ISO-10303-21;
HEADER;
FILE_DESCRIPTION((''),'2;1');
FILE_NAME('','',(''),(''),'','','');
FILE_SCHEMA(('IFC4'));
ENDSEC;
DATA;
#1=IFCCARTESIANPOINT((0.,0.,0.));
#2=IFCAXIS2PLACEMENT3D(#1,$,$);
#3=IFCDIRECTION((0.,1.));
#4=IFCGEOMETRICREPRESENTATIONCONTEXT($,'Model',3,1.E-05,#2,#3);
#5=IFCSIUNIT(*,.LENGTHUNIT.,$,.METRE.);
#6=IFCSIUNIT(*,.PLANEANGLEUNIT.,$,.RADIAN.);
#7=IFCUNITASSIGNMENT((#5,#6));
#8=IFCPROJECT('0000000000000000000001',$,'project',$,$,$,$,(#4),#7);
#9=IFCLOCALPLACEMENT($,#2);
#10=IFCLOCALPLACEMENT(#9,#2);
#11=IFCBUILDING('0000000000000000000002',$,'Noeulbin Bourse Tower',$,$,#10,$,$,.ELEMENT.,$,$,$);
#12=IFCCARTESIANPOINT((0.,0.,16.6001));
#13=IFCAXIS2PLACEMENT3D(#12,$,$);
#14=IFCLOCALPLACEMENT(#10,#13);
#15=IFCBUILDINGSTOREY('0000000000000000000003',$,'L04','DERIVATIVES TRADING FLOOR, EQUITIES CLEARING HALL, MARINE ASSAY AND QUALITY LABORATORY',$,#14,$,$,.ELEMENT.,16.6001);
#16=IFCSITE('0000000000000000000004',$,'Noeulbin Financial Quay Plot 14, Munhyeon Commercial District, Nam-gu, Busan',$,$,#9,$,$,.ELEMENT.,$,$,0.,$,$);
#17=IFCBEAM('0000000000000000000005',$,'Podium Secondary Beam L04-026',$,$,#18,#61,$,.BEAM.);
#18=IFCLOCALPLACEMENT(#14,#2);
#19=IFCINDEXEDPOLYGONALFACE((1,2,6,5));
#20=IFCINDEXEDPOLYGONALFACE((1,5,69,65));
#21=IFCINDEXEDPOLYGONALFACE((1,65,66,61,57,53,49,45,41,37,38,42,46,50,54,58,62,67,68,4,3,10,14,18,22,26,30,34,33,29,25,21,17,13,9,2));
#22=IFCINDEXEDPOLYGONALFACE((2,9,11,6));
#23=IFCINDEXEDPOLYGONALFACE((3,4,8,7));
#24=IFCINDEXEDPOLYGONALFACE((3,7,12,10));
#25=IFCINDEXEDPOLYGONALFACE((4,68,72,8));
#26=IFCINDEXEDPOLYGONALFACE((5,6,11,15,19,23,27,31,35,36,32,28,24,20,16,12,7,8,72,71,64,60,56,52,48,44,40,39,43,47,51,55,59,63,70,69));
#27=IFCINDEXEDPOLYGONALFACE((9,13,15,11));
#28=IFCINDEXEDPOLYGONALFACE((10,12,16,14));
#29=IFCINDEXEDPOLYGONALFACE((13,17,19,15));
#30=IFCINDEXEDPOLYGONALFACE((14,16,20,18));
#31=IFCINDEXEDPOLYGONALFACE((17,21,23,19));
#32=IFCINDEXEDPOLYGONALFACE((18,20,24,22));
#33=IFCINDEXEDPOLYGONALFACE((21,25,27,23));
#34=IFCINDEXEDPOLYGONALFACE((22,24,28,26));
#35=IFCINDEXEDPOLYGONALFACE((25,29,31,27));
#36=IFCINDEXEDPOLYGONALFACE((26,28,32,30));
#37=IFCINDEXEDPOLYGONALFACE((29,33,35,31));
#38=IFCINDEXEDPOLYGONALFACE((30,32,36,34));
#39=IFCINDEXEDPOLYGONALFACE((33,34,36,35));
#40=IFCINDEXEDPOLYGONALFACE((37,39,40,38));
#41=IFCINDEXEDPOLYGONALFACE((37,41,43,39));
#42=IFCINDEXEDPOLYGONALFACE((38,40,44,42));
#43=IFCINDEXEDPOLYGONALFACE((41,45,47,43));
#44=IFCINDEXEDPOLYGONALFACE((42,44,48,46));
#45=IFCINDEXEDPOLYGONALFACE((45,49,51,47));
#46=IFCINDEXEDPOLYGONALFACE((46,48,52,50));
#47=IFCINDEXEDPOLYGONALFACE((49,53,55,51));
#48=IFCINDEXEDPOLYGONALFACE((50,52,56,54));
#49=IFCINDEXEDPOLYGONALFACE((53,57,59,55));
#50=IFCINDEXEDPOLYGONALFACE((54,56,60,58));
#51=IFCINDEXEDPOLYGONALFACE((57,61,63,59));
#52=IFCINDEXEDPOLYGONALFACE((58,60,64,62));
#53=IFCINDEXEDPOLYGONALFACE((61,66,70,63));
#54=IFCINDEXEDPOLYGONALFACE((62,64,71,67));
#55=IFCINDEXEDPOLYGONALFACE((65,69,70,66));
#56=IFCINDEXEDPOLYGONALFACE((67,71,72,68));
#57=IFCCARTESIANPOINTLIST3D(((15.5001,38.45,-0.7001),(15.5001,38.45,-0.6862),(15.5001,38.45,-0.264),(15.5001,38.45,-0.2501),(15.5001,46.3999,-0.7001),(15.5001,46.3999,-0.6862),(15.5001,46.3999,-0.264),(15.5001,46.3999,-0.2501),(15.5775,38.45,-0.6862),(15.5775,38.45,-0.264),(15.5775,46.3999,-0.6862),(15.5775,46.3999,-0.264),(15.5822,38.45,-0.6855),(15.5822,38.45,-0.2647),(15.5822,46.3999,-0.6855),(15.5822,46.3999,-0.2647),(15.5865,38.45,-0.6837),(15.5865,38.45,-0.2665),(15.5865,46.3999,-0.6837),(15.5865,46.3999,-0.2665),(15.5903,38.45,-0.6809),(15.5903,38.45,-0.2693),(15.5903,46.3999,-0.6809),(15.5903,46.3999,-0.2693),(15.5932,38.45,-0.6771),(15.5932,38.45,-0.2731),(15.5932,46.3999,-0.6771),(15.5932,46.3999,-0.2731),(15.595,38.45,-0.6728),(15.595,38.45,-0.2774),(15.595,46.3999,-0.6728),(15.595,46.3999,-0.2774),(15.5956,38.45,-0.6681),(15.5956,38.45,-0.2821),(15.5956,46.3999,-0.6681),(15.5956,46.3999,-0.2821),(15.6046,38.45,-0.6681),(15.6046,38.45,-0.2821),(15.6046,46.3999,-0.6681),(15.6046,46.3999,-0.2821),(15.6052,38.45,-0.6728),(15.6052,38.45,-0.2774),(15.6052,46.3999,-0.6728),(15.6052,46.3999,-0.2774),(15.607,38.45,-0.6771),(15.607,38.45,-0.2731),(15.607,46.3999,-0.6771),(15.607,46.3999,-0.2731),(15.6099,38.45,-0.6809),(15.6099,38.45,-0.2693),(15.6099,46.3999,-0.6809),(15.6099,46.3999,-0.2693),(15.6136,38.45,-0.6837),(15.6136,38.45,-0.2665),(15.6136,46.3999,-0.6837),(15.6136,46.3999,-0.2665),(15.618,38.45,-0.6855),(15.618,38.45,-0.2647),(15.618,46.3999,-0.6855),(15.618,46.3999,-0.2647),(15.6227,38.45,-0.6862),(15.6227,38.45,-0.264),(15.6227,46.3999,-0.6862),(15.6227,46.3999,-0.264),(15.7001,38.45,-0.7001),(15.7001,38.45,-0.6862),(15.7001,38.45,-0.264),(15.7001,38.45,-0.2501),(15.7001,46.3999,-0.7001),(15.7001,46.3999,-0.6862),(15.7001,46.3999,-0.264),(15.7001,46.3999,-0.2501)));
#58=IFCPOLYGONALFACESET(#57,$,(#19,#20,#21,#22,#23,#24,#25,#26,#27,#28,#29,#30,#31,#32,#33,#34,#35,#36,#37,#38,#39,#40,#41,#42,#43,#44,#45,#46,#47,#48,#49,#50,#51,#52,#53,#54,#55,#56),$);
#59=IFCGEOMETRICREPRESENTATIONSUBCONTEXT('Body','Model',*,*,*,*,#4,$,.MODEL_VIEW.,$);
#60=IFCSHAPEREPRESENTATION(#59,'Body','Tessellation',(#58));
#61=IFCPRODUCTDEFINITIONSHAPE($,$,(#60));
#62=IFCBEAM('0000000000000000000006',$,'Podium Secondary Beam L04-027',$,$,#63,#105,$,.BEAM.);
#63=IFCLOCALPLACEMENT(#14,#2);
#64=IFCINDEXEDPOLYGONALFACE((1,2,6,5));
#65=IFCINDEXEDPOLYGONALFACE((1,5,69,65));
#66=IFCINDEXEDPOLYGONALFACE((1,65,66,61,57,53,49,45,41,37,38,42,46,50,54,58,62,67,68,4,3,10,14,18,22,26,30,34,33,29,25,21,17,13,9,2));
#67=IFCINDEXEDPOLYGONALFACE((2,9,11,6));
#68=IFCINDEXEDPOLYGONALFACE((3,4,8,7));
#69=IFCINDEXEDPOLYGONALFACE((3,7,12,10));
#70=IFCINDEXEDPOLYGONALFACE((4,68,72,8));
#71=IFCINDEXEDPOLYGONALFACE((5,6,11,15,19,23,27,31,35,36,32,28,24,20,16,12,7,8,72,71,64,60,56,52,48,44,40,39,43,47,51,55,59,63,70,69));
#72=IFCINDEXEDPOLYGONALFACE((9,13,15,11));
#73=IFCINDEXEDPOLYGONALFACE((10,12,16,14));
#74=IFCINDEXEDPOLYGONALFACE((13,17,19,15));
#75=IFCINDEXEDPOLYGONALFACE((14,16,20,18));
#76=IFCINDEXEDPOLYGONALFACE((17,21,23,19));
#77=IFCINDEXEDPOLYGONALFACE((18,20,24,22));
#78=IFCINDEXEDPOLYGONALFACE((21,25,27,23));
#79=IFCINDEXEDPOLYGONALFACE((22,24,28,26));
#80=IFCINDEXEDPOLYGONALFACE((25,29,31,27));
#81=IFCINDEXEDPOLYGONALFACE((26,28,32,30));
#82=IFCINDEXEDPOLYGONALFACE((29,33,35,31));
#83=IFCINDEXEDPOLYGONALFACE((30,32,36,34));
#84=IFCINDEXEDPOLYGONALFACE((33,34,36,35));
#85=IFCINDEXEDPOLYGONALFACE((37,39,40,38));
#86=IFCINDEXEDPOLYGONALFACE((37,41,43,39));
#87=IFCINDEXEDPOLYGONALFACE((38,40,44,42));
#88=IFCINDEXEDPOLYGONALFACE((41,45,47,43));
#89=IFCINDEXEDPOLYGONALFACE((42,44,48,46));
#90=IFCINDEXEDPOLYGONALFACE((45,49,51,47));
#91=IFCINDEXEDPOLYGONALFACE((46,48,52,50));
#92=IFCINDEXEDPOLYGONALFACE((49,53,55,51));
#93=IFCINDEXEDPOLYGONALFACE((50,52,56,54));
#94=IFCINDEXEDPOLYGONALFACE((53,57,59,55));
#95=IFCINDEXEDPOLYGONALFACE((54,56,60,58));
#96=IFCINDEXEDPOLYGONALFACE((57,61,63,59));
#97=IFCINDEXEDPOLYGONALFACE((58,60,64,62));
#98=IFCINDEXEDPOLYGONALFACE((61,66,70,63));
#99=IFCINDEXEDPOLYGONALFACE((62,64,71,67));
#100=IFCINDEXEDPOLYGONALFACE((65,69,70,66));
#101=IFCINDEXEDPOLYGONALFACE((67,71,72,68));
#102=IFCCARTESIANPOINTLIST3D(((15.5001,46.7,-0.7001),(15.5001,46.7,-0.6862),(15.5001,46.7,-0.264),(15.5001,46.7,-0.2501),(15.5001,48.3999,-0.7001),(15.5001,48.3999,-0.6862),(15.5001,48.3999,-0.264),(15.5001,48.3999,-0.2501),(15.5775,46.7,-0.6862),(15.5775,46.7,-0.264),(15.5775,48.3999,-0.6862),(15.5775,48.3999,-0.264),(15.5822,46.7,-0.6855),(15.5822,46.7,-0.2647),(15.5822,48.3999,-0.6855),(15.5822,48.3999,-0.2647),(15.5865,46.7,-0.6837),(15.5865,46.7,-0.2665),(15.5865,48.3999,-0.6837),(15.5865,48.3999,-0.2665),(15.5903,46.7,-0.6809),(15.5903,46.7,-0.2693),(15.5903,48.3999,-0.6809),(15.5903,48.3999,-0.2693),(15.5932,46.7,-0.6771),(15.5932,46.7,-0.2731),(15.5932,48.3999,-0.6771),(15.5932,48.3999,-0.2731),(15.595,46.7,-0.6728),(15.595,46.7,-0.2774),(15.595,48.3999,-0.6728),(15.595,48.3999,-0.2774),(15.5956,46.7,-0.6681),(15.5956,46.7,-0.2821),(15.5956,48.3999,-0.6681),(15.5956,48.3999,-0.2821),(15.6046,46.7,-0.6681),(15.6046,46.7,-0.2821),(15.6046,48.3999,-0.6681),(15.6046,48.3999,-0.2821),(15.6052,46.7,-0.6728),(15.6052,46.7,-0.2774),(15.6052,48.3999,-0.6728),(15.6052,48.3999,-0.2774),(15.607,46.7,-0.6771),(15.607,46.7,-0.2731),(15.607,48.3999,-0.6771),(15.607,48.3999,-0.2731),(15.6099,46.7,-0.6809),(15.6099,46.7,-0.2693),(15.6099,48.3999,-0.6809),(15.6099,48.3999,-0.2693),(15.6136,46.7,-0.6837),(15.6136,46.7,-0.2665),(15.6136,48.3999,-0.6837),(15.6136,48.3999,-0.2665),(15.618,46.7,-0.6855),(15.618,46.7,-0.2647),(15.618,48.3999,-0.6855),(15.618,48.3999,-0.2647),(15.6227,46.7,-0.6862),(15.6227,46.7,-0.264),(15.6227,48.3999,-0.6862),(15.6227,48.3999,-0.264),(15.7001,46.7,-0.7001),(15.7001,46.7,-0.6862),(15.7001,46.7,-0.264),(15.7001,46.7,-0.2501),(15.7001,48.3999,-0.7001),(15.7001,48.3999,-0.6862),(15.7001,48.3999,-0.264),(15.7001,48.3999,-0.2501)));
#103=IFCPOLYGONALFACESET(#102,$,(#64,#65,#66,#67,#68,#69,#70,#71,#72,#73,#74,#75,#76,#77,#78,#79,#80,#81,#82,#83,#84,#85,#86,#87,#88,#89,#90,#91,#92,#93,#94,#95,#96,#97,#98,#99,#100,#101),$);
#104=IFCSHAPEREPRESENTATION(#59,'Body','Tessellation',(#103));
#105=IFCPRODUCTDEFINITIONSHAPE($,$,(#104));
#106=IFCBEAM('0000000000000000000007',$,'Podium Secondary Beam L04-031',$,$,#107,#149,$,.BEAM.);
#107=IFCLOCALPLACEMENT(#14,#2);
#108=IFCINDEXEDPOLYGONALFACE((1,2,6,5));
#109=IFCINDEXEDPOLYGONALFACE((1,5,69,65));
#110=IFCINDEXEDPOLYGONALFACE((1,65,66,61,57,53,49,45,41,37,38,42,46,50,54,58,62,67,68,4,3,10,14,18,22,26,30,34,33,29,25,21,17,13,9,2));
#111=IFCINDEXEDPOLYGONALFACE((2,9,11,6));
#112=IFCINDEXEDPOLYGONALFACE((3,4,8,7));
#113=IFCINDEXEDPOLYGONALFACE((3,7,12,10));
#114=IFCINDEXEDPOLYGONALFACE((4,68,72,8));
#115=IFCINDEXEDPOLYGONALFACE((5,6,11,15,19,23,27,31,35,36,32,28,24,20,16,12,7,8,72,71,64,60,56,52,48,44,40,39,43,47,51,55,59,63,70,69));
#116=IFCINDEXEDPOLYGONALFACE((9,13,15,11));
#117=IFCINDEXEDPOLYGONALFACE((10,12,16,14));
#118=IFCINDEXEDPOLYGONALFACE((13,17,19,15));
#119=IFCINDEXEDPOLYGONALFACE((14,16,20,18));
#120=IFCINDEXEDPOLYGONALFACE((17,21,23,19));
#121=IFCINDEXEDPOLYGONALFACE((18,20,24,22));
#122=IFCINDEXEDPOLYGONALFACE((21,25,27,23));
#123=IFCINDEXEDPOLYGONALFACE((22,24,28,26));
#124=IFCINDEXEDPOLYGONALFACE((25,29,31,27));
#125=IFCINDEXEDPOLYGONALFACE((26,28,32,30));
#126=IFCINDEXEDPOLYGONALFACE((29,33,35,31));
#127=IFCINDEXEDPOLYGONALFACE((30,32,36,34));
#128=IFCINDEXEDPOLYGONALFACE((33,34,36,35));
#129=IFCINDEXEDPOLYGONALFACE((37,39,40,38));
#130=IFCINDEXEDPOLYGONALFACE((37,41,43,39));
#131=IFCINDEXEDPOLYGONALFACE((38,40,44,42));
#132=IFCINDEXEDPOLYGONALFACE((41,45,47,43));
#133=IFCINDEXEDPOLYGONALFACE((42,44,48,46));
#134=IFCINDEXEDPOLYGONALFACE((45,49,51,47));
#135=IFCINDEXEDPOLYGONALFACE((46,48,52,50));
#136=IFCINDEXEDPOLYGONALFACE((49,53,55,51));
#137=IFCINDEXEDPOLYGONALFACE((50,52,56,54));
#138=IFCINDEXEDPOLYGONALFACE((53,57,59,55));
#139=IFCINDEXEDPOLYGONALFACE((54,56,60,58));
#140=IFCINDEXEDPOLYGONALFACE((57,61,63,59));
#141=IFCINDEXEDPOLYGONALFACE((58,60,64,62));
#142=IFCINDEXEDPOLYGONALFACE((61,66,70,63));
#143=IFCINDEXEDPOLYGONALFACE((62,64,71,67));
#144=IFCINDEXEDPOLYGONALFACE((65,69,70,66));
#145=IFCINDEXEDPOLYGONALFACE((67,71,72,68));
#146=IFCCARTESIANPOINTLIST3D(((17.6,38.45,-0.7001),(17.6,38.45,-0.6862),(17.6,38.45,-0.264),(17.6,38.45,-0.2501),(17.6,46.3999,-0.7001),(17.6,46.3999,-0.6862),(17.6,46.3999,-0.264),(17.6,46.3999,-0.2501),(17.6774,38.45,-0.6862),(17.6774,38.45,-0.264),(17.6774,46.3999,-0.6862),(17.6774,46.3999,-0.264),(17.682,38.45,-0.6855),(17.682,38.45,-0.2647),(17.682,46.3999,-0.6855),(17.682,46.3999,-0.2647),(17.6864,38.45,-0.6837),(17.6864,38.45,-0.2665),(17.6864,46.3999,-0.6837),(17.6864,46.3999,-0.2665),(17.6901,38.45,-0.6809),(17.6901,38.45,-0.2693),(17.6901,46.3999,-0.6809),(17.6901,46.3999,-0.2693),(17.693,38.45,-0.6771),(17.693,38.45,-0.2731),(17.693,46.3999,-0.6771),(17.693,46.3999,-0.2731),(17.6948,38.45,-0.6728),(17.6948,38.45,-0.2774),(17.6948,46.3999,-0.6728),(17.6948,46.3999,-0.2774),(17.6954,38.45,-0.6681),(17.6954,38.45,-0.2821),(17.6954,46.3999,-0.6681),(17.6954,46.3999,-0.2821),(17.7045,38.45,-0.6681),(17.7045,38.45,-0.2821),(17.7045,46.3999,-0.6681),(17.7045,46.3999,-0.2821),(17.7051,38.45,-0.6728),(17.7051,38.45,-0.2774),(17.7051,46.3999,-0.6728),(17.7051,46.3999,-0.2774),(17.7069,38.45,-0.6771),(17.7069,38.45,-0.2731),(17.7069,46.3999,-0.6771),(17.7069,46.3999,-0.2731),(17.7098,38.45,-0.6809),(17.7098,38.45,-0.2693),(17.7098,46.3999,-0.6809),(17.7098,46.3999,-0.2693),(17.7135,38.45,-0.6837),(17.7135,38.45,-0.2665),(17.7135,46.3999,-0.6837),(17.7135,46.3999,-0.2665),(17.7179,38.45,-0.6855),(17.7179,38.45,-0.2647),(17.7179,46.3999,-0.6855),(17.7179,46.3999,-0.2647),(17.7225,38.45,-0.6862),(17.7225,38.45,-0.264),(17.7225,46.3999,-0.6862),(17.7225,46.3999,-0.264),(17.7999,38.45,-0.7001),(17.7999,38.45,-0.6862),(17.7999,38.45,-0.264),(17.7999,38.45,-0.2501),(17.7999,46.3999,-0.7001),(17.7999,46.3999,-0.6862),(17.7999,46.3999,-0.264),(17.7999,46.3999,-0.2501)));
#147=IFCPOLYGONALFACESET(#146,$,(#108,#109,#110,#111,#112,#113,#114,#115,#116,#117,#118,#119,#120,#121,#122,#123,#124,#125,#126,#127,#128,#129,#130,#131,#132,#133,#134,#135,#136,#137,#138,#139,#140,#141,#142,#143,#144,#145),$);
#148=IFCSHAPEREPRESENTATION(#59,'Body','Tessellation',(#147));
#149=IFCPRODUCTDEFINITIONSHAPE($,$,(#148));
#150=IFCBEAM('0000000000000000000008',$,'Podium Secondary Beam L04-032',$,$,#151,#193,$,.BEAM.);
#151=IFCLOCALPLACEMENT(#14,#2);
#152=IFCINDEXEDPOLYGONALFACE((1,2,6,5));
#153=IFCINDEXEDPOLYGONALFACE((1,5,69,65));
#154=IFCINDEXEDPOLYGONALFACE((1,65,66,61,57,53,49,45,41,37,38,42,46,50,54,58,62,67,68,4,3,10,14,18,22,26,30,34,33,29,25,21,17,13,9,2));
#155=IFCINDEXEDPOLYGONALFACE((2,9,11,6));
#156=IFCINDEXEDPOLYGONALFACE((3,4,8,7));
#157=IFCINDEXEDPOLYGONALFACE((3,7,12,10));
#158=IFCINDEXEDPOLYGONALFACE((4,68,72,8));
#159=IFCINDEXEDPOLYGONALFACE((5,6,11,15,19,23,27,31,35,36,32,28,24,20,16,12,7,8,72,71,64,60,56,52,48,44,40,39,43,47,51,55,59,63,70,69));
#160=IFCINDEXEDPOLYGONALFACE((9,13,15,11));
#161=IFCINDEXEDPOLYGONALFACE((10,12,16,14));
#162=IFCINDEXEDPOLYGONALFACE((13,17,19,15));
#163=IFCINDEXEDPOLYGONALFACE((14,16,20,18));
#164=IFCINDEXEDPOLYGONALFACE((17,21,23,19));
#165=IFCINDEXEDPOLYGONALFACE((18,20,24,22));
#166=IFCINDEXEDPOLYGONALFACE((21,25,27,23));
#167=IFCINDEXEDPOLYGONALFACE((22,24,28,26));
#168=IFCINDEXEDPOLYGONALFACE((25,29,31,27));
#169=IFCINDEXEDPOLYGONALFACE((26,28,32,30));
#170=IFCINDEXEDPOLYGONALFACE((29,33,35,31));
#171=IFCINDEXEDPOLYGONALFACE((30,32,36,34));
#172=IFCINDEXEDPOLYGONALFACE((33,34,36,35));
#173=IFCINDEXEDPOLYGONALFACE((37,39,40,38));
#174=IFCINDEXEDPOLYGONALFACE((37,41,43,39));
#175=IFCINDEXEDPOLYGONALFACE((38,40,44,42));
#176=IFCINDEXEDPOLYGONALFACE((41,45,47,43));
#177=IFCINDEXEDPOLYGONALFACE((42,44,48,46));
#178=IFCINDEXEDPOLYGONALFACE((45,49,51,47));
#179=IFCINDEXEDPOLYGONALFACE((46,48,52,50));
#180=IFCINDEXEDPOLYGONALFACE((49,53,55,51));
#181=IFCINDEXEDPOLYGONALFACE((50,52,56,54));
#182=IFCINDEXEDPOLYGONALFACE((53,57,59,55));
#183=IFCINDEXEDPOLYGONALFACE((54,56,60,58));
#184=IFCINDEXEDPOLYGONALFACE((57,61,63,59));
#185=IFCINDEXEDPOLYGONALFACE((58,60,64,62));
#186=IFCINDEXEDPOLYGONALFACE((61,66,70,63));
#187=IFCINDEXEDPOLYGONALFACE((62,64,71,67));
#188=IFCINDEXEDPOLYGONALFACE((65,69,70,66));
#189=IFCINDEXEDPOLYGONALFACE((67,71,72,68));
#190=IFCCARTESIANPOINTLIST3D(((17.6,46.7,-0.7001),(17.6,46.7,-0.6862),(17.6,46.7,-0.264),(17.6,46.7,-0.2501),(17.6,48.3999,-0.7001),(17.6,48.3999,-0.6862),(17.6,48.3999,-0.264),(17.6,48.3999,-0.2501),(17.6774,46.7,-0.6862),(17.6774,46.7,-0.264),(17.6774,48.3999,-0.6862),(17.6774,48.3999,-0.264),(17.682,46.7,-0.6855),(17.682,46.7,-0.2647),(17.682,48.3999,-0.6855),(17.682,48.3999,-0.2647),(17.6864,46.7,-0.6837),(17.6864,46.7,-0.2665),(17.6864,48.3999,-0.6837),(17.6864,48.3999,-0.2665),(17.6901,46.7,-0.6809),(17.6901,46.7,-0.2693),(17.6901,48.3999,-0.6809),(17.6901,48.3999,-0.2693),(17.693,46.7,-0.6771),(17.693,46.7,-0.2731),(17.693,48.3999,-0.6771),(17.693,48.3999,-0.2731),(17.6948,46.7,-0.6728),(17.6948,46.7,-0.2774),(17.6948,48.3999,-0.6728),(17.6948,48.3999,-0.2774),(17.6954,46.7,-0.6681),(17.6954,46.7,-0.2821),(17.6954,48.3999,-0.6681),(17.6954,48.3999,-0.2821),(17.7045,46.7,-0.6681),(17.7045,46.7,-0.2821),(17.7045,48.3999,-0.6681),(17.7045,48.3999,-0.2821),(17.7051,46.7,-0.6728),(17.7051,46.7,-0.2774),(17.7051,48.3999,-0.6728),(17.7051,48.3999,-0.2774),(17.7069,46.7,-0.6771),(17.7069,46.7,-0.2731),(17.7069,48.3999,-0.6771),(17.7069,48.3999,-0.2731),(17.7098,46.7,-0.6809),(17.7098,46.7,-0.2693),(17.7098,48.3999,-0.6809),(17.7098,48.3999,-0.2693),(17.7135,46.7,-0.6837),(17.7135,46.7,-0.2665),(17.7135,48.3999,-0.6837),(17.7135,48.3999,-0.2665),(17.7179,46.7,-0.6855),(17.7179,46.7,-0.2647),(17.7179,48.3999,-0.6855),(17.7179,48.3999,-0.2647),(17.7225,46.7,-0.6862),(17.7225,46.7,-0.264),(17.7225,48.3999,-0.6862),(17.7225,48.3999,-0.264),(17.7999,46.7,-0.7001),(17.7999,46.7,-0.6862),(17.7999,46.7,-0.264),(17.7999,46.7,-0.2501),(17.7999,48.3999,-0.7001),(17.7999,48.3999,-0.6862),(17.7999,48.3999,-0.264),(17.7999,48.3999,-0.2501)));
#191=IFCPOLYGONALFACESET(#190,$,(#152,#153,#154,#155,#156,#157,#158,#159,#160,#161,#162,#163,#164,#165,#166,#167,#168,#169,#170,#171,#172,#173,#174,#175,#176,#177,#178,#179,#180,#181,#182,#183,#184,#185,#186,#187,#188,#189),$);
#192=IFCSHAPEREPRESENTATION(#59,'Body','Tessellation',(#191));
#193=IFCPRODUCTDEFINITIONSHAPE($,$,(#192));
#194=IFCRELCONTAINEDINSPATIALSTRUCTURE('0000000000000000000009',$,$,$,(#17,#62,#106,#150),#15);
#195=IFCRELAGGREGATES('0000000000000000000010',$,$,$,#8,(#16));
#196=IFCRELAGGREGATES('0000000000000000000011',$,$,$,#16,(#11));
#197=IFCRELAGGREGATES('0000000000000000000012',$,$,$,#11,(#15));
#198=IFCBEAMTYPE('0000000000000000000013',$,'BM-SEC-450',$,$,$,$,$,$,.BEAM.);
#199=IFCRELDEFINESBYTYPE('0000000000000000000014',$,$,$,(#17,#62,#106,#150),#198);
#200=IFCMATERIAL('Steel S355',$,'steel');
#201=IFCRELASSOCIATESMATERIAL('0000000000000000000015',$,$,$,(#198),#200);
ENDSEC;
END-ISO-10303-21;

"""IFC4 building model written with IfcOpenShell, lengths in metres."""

from ifc_helpers import new_model, si_unit, direction, frame, origin, origin_2d, place, context, subcontext, project, spatial, i_section, extrude, material, material_profile, profile_set, type_object, element, save


model = new_model("IFC4")

# Units and contexts
model_context = context("Model", 3, precision=1e-05, world=origin(), true_north=direction((0.0, 1.0)))
body_context = subcontext(model_context, "Body", "Model", "MODEL_VIEW")
ifc_project = project(units=[si_unit("LENGTHUNIT", "METRE"), si_unit("PLANEANGLEUNIT", "RADIAN")], contexts=[model_context])

# Site, building, storey
site_placement = place(None, origin())
site = spatial("IfcSite", under=ifc_project, at=site_placement, Name="Noeulbin Financial Quay Plot 14, Munhyeon Commercial District, Nam-gu, Busan", CompositionType="ELEMENT", RefElevation=0.0)
building_placement = place(site_placement, origin())
building = spatial("IfcBuilding", under=site, at=building_placement, Name="Noeulbin Bourse Tower", CompositionType="ELEMENT")
storey_placement = place(building_placement, frame((0.0, 0.0, 16.6001)))
storey = spatial("IfcBuildingStorey", under=building, at=storey_placement, Name="L04", Description="DERIVATIVES TRADING FLOOR, EQUITIES CLEARING HALL, MARINE ASSAY AND QUALITY LABORATORY", CompositionType="ELEMENT", Elevation=16.6001)

# Beams
ifc_material_1 = material(Name="Steel S355", Category="steel")
ifc_material_profile_1 = material_profile(ifc_material_1, i_section(OverallWidth=0.2, OverallDepth=0.45, WebThickness=0.009, FlangeThickness=0.0139, FilletRadius=0.0181, at=origin_2d()), Name="H-450x200x9x14", Category="LoadBearing")
ifc_profile_set_1 = profile_set([ifc_material_profile_1], Name="Steel S355")
beam_type_1 = type_object("IfcBeamType", Name="BM-SEC-450", PredefinedType="BEAM", material=ifc_profile_set_1)
beam_1_placement = place(storey_placement, frame((15.6001, 38.45, -0.4751), z_axis=(0.0, 1.0, 0.0), x_axis=(-1.0, 0.0, 0.0)))
element("IfcBeam", 1, at=beam_1_placement, inside=storey, type_object=beam_type_1, Name="Podium Secondary Beam L04-026", PredefinedType="BEAM", context=body_context, shape_type="SweptSolid", body=[
    extrude(i_section(OverallWidth=0.2, OverallDepth=0.45, WebThickness=0.009, FlangeThickness=0.0139, FilletRadius=0.0181, at=origin_2d()), origin(), (0.0, 0.0, 1.0), 7.95),
])
beam_2_placement = place(storey_placement, frame((15.6001, 46.7, -0.4751), z_axis=(0.0, 1.0, 0.0), x_axis=(-1.0, 0.0, 0.0)))
element("IfcBeam", 2, at=beam_2_placement, inside=storey, type_object=beam_type_1, Name="Podium Secondary Beam L04-027", PredefinedType="BEAM", context=body_context, shape_type="SweptSolid", body=[
    extrude(i_section(OverallWidth=0.2, OverallDepth=0.45, WebThickness=0.009, FlangeThickness=0.0139, FilletRadius=0.0181, at=origin_2d()), origin(), (0.0, 0.0, 1.0), 1.7),
])
beam_3_placement = place(storey_placement, frame((17.7, 38.45, -0.4751), z_axis=(0.0, 1.0, 0.0), x_axis=(-1.0, 0.0, 0.0)))
element("IfcBeam", 3, at=beam_3_placement, inside=storey, type_object=beam_type_1, Name="Podium Secondary Beam L04-031", PredefinedType="BEAM", context=body_context, shape_type="SweptSolid", body=[
    extrude(i_section(OverallWidth=0.2, OverallDepth=0.45, WebThickness=0.009, FlangeThickness=0.0139, FilletRadius=0.0181, at=origin_2d()), origin(), (0.0, 0.0, 1.0), 7.95),
])
beam_4_placement = place(storey_placement, frame((17.7, 46.7, -0.4751), z_axis=(0.0, 1.0, 0.0), x_axis=(-1.0, 0.0, 0.0)))
element("IfcBeam", 4, at=beam_4_placement, inside=storey, type_object=beam_type_1, Name="Podium Secondary Beam L04-032", PredefinedType="BEAM", context=body_context, shape_type="SweptSolid", body=[
    extrude(i_section(OverallWidth=0.2, OverallDepth=0.45, WebThickness=0.009, FlangeThickness=0.0139, FilletRadius=0.0181, at=origin_2d()), origin(), (0.0, 0.0, 1.0), 1.7),
])

save(model, "model.ifc")
